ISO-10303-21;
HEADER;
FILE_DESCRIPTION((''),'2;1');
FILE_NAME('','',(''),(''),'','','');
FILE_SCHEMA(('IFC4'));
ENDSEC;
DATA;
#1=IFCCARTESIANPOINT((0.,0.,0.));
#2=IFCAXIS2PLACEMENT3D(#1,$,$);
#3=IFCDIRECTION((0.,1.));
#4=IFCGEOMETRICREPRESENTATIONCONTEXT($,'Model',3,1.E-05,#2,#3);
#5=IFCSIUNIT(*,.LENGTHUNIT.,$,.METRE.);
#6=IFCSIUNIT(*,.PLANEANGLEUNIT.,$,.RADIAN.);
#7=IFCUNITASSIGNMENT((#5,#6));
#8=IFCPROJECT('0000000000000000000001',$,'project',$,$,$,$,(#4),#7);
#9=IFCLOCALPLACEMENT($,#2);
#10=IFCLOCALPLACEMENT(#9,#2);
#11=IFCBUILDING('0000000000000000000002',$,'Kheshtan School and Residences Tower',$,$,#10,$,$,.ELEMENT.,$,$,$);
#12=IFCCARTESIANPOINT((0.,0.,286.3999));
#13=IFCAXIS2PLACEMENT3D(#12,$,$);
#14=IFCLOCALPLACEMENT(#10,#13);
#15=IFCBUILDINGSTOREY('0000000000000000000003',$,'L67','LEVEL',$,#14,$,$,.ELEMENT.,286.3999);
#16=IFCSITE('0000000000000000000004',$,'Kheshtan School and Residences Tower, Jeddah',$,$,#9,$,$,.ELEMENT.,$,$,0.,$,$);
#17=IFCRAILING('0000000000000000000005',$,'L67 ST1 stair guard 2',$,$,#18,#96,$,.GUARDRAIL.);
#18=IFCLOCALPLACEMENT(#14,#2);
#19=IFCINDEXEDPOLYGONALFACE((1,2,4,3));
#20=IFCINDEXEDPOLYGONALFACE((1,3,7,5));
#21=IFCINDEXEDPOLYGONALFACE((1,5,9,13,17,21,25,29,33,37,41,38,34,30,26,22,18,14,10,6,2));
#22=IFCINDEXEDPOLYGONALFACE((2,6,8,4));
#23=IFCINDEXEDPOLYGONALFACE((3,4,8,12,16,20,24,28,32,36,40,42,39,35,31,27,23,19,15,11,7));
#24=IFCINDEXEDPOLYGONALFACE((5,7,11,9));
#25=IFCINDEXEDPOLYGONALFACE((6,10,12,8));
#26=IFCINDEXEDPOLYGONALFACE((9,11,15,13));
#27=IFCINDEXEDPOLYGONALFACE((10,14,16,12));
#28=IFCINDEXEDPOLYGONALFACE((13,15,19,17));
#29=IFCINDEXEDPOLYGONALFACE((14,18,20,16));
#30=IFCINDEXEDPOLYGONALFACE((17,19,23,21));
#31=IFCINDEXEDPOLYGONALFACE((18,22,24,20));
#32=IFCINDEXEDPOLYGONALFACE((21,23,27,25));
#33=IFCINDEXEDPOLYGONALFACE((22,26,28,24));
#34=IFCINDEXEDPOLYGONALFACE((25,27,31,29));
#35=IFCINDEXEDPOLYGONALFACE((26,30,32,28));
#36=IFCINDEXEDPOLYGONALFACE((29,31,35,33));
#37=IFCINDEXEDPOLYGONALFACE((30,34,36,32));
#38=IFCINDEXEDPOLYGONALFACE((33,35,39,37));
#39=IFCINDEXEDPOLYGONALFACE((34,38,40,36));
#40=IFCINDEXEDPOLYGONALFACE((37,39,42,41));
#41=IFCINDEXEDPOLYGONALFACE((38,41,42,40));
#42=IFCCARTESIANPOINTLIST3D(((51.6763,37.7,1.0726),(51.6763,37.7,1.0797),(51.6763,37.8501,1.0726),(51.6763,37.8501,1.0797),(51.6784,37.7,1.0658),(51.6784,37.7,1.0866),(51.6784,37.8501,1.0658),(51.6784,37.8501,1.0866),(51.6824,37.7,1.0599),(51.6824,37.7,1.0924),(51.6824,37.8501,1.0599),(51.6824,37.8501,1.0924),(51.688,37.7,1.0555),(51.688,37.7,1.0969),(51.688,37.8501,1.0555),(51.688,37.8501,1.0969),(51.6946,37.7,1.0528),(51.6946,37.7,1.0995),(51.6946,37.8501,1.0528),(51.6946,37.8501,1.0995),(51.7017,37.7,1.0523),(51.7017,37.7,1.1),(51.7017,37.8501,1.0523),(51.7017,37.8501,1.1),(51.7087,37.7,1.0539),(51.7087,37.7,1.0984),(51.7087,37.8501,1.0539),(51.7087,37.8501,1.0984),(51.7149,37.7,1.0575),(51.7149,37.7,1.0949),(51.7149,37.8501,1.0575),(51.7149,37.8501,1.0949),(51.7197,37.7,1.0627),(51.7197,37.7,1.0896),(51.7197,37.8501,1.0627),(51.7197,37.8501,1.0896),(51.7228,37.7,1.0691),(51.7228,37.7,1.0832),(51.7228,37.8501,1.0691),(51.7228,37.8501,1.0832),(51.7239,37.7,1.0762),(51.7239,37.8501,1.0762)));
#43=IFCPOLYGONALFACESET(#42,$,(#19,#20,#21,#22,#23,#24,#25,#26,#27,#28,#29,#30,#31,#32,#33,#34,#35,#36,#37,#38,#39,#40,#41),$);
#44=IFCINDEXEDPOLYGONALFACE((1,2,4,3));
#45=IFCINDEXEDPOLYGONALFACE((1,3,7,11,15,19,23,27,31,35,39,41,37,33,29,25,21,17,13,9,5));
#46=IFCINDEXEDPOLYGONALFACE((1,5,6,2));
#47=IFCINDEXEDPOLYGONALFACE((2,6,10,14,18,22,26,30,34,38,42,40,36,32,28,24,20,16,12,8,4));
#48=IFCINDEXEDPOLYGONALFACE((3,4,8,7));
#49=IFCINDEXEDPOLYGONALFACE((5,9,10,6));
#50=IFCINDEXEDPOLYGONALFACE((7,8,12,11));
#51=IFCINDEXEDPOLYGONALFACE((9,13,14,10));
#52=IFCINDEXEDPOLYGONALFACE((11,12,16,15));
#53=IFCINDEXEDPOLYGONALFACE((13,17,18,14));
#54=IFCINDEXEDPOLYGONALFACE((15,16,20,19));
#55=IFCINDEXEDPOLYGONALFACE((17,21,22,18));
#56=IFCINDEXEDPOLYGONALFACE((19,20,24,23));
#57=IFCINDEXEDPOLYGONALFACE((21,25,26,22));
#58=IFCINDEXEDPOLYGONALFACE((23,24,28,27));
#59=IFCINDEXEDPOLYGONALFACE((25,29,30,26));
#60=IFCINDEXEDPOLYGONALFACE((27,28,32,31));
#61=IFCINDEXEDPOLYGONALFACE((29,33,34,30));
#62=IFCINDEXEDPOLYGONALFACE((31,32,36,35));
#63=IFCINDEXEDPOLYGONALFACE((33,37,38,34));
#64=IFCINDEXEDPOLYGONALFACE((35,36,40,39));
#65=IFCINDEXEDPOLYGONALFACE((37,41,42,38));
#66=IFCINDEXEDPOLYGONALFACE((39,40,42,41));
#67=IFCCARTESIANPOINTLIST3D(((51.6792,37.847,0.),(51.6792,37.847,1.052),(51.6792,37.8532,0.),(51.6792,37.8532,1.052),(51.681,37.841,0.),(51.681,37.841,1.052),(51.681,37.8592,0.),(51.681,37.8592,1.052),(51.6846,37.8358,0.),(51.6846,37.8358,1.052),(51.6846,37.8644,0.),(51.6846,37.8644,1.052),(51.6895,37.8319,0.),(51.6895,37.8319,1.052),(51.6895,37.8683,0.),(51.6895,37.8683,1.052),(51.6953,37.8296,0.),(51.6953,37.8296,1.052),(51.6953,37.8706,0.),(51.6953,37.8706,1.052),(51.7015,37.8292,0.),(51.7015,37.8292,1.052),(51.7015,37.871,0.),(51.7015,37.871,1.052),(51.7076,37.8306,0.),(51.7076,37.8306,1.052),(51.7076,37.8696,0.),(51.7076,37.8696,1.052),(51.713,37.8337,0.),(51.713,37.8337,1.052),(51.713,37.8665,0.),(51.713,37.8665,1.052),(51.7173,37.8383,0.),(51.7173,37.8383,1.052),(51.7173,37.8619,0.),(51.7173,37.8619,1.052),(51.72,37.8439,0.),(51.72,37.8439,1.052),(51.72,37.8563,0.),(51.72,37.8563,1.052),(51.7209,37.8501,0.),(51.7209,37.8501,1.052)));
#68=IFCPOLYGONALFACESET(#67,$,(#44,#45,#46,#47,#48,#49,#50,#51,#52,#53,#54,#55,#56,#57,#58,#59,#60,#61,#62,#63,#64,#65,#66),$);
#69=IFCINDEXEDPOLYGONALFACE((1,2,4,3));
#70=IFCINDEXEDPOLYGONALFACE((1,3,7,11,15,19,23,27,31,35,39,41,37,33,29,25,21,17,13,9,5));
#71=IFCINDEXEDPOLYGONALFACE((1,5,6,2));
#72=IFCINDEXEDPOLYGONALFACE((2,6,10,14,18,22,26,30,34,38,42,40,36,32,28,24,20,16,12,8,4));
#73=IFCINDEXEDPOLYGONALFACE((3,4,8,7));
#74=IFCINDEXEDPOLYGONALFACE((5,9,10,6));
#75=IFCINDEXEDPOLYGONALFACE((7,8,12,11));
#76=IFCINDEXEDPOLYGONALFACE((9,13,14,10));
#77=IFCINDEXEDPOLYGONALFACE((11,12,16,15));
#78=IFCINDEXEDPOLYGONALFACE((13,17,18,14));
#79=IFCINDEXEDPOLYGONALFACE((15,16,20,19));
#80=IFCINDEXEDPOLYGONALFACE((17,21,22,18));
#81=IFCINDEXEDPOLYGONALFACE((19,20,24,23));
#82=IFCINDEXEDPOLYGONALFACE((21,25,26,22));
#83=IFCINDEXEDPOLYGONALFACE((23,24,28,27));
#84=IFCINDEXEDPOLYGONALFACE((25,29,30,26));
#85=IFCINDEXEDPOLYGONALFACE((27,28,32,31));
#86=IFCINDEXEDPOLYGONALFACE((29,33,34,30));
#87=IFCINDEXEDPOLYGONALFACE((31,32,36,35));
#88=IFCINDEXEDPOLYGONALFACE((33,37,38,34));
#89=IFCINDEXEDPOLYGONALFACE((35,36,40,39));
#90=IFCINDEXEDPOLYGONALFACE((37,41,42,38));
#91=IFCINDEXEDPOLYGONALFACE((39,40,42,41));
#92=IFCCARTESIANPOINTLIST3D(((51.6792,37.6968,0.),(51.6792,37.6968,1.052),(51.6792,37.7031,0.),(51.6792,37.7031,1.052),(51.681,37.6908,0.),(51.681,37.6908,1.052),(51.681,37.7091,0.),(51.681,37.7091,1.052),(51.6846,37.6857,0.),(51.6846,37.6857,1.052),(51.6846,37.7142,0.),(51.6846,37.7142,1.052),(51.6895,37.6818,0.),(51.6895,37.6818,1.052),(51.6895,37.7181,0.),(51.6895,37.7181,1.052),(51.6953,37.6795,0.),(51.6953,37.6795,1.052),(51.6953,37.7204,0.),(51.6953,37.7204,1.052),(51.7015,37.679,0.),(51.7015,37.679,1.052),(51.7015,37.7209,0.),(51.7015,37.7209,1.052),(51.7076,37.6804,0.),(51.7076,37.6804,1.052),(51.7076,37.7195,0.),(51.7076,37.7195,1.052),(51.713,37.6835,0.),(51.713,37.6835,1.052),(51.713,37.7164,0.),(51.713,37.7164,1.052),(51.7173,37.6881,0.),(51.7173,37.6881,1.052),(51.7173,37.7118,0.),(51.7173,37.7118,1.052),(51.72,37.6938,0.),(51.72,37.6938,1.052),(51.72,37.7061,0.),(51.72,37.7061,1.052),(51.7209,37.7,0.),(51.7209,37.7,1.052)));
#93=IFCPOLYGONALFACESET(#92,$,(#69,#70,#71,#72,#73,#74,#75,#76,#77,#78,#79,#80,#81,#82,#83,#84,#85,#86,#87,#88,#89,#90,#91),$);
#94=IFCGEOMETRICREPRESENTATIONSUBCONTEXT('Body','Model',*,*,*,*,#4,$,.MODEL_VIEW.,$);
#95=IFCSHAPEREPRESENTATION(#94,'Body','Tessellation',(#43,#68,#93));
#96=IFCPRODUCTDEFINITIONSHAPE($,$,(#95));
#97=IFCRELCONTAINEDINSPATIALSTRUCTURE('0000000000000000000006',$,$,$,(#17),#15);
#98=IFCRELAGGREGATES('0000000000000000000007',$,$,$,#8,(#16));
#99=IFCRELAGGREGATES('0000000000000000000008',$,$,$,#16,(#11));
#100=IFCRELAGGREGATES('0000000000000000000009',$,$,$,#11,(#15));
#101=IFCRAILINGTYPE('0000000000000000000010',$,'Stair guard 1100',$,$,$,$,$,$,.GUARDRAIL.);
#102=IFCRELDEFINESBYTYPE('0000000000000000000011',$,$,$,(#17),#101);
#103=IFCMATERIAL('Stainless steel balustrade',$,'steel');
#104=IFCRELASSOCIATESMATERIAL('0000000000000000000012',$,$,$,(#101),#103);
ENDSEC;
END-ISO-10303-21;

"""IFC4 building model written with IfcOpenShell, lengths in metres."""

from ifc_helpers import new_model, si_unit, direction, frame, origin, origin_2d, place, context, subcontext, project, spatial, circle, extrude, material, type_object, element, save


model = new_model("IFC4")

# Units and contexts
model_context = context("Model", 3, precision=1e-05, world=origin(), true_north=direction((0.0, 1.0)))
body_context = subcontext(model_context, "Body", "Model", "MODEL_VIEW")
ifc_project = project(units=[si_unit("LENGTHUNIT", "METRE"), si_unit("PLANEANGLEUNIT", "RADIAN")], contexts=[model_context])

# Site, building, storey
site_placement = place(None, origin())
site = spatial("IfcSite", under=ifc_project, at=site_placement, Name="Kheshtan School and Residences Tower, Jeddah", CompositionType="ELEMENT", RefElevation=0.0)
building_placement = place(site_placement, origin())
building = spatial("IfcBuilding", under=site, at=building_placement, Name="Kheshtan School and Residences Tower", CompositionType="ELEMENT")
storey_placement = place(building_placement, frame((0.0, 0.0, 286.3999)))
storey = spatial("IfcBuildingStorey", under=building, at=storey_placement, Name="L67", Description="LEVEL", CompositionType="ELEMENT", Elevation=286.3999)

# Railing
ifc_material_1 = material(Name="Stainless steel balustrade", Category="steel")
railing_type_1 = type_object("IfcRailingType", Name="Stair guard 1100", PredefinedType="GUARDRAIL", material=ifc_material_1)
railing_1_placement = place(storey_placement, frame((51.7, 37.8501, 0.0)))
element("IfcRailing", 1, at=railing_1_placement, inside=storey, type_object=railing_type_1, Name="L67 ST1 stair guard 2", PredefinedType="GUARDRAIL", context=body_context, shape_type="SweptSolid", body=[
    extrude(circle(Radius=0.0239, at=origin_2d()), frame((0.0, 0.0, 1.0762), z_axis=(0.0, -1.0, 0.0), x_axis=(1.0, 0.0, 0.0)), (0.0, 0.0, 1.0), 0.1501),
    extrude(circle(Radius=0.021, at=origin_2d()), origin(), (0.0, 0.0, 1.0), 1.052),
    extrude(circle(Radius=0.021, at=origin_2d()), frame((0.0, -0.1501, 0.0)), (0.0, 0.0, 1.0), 1.052),
])

save(model, "model.ifc")
